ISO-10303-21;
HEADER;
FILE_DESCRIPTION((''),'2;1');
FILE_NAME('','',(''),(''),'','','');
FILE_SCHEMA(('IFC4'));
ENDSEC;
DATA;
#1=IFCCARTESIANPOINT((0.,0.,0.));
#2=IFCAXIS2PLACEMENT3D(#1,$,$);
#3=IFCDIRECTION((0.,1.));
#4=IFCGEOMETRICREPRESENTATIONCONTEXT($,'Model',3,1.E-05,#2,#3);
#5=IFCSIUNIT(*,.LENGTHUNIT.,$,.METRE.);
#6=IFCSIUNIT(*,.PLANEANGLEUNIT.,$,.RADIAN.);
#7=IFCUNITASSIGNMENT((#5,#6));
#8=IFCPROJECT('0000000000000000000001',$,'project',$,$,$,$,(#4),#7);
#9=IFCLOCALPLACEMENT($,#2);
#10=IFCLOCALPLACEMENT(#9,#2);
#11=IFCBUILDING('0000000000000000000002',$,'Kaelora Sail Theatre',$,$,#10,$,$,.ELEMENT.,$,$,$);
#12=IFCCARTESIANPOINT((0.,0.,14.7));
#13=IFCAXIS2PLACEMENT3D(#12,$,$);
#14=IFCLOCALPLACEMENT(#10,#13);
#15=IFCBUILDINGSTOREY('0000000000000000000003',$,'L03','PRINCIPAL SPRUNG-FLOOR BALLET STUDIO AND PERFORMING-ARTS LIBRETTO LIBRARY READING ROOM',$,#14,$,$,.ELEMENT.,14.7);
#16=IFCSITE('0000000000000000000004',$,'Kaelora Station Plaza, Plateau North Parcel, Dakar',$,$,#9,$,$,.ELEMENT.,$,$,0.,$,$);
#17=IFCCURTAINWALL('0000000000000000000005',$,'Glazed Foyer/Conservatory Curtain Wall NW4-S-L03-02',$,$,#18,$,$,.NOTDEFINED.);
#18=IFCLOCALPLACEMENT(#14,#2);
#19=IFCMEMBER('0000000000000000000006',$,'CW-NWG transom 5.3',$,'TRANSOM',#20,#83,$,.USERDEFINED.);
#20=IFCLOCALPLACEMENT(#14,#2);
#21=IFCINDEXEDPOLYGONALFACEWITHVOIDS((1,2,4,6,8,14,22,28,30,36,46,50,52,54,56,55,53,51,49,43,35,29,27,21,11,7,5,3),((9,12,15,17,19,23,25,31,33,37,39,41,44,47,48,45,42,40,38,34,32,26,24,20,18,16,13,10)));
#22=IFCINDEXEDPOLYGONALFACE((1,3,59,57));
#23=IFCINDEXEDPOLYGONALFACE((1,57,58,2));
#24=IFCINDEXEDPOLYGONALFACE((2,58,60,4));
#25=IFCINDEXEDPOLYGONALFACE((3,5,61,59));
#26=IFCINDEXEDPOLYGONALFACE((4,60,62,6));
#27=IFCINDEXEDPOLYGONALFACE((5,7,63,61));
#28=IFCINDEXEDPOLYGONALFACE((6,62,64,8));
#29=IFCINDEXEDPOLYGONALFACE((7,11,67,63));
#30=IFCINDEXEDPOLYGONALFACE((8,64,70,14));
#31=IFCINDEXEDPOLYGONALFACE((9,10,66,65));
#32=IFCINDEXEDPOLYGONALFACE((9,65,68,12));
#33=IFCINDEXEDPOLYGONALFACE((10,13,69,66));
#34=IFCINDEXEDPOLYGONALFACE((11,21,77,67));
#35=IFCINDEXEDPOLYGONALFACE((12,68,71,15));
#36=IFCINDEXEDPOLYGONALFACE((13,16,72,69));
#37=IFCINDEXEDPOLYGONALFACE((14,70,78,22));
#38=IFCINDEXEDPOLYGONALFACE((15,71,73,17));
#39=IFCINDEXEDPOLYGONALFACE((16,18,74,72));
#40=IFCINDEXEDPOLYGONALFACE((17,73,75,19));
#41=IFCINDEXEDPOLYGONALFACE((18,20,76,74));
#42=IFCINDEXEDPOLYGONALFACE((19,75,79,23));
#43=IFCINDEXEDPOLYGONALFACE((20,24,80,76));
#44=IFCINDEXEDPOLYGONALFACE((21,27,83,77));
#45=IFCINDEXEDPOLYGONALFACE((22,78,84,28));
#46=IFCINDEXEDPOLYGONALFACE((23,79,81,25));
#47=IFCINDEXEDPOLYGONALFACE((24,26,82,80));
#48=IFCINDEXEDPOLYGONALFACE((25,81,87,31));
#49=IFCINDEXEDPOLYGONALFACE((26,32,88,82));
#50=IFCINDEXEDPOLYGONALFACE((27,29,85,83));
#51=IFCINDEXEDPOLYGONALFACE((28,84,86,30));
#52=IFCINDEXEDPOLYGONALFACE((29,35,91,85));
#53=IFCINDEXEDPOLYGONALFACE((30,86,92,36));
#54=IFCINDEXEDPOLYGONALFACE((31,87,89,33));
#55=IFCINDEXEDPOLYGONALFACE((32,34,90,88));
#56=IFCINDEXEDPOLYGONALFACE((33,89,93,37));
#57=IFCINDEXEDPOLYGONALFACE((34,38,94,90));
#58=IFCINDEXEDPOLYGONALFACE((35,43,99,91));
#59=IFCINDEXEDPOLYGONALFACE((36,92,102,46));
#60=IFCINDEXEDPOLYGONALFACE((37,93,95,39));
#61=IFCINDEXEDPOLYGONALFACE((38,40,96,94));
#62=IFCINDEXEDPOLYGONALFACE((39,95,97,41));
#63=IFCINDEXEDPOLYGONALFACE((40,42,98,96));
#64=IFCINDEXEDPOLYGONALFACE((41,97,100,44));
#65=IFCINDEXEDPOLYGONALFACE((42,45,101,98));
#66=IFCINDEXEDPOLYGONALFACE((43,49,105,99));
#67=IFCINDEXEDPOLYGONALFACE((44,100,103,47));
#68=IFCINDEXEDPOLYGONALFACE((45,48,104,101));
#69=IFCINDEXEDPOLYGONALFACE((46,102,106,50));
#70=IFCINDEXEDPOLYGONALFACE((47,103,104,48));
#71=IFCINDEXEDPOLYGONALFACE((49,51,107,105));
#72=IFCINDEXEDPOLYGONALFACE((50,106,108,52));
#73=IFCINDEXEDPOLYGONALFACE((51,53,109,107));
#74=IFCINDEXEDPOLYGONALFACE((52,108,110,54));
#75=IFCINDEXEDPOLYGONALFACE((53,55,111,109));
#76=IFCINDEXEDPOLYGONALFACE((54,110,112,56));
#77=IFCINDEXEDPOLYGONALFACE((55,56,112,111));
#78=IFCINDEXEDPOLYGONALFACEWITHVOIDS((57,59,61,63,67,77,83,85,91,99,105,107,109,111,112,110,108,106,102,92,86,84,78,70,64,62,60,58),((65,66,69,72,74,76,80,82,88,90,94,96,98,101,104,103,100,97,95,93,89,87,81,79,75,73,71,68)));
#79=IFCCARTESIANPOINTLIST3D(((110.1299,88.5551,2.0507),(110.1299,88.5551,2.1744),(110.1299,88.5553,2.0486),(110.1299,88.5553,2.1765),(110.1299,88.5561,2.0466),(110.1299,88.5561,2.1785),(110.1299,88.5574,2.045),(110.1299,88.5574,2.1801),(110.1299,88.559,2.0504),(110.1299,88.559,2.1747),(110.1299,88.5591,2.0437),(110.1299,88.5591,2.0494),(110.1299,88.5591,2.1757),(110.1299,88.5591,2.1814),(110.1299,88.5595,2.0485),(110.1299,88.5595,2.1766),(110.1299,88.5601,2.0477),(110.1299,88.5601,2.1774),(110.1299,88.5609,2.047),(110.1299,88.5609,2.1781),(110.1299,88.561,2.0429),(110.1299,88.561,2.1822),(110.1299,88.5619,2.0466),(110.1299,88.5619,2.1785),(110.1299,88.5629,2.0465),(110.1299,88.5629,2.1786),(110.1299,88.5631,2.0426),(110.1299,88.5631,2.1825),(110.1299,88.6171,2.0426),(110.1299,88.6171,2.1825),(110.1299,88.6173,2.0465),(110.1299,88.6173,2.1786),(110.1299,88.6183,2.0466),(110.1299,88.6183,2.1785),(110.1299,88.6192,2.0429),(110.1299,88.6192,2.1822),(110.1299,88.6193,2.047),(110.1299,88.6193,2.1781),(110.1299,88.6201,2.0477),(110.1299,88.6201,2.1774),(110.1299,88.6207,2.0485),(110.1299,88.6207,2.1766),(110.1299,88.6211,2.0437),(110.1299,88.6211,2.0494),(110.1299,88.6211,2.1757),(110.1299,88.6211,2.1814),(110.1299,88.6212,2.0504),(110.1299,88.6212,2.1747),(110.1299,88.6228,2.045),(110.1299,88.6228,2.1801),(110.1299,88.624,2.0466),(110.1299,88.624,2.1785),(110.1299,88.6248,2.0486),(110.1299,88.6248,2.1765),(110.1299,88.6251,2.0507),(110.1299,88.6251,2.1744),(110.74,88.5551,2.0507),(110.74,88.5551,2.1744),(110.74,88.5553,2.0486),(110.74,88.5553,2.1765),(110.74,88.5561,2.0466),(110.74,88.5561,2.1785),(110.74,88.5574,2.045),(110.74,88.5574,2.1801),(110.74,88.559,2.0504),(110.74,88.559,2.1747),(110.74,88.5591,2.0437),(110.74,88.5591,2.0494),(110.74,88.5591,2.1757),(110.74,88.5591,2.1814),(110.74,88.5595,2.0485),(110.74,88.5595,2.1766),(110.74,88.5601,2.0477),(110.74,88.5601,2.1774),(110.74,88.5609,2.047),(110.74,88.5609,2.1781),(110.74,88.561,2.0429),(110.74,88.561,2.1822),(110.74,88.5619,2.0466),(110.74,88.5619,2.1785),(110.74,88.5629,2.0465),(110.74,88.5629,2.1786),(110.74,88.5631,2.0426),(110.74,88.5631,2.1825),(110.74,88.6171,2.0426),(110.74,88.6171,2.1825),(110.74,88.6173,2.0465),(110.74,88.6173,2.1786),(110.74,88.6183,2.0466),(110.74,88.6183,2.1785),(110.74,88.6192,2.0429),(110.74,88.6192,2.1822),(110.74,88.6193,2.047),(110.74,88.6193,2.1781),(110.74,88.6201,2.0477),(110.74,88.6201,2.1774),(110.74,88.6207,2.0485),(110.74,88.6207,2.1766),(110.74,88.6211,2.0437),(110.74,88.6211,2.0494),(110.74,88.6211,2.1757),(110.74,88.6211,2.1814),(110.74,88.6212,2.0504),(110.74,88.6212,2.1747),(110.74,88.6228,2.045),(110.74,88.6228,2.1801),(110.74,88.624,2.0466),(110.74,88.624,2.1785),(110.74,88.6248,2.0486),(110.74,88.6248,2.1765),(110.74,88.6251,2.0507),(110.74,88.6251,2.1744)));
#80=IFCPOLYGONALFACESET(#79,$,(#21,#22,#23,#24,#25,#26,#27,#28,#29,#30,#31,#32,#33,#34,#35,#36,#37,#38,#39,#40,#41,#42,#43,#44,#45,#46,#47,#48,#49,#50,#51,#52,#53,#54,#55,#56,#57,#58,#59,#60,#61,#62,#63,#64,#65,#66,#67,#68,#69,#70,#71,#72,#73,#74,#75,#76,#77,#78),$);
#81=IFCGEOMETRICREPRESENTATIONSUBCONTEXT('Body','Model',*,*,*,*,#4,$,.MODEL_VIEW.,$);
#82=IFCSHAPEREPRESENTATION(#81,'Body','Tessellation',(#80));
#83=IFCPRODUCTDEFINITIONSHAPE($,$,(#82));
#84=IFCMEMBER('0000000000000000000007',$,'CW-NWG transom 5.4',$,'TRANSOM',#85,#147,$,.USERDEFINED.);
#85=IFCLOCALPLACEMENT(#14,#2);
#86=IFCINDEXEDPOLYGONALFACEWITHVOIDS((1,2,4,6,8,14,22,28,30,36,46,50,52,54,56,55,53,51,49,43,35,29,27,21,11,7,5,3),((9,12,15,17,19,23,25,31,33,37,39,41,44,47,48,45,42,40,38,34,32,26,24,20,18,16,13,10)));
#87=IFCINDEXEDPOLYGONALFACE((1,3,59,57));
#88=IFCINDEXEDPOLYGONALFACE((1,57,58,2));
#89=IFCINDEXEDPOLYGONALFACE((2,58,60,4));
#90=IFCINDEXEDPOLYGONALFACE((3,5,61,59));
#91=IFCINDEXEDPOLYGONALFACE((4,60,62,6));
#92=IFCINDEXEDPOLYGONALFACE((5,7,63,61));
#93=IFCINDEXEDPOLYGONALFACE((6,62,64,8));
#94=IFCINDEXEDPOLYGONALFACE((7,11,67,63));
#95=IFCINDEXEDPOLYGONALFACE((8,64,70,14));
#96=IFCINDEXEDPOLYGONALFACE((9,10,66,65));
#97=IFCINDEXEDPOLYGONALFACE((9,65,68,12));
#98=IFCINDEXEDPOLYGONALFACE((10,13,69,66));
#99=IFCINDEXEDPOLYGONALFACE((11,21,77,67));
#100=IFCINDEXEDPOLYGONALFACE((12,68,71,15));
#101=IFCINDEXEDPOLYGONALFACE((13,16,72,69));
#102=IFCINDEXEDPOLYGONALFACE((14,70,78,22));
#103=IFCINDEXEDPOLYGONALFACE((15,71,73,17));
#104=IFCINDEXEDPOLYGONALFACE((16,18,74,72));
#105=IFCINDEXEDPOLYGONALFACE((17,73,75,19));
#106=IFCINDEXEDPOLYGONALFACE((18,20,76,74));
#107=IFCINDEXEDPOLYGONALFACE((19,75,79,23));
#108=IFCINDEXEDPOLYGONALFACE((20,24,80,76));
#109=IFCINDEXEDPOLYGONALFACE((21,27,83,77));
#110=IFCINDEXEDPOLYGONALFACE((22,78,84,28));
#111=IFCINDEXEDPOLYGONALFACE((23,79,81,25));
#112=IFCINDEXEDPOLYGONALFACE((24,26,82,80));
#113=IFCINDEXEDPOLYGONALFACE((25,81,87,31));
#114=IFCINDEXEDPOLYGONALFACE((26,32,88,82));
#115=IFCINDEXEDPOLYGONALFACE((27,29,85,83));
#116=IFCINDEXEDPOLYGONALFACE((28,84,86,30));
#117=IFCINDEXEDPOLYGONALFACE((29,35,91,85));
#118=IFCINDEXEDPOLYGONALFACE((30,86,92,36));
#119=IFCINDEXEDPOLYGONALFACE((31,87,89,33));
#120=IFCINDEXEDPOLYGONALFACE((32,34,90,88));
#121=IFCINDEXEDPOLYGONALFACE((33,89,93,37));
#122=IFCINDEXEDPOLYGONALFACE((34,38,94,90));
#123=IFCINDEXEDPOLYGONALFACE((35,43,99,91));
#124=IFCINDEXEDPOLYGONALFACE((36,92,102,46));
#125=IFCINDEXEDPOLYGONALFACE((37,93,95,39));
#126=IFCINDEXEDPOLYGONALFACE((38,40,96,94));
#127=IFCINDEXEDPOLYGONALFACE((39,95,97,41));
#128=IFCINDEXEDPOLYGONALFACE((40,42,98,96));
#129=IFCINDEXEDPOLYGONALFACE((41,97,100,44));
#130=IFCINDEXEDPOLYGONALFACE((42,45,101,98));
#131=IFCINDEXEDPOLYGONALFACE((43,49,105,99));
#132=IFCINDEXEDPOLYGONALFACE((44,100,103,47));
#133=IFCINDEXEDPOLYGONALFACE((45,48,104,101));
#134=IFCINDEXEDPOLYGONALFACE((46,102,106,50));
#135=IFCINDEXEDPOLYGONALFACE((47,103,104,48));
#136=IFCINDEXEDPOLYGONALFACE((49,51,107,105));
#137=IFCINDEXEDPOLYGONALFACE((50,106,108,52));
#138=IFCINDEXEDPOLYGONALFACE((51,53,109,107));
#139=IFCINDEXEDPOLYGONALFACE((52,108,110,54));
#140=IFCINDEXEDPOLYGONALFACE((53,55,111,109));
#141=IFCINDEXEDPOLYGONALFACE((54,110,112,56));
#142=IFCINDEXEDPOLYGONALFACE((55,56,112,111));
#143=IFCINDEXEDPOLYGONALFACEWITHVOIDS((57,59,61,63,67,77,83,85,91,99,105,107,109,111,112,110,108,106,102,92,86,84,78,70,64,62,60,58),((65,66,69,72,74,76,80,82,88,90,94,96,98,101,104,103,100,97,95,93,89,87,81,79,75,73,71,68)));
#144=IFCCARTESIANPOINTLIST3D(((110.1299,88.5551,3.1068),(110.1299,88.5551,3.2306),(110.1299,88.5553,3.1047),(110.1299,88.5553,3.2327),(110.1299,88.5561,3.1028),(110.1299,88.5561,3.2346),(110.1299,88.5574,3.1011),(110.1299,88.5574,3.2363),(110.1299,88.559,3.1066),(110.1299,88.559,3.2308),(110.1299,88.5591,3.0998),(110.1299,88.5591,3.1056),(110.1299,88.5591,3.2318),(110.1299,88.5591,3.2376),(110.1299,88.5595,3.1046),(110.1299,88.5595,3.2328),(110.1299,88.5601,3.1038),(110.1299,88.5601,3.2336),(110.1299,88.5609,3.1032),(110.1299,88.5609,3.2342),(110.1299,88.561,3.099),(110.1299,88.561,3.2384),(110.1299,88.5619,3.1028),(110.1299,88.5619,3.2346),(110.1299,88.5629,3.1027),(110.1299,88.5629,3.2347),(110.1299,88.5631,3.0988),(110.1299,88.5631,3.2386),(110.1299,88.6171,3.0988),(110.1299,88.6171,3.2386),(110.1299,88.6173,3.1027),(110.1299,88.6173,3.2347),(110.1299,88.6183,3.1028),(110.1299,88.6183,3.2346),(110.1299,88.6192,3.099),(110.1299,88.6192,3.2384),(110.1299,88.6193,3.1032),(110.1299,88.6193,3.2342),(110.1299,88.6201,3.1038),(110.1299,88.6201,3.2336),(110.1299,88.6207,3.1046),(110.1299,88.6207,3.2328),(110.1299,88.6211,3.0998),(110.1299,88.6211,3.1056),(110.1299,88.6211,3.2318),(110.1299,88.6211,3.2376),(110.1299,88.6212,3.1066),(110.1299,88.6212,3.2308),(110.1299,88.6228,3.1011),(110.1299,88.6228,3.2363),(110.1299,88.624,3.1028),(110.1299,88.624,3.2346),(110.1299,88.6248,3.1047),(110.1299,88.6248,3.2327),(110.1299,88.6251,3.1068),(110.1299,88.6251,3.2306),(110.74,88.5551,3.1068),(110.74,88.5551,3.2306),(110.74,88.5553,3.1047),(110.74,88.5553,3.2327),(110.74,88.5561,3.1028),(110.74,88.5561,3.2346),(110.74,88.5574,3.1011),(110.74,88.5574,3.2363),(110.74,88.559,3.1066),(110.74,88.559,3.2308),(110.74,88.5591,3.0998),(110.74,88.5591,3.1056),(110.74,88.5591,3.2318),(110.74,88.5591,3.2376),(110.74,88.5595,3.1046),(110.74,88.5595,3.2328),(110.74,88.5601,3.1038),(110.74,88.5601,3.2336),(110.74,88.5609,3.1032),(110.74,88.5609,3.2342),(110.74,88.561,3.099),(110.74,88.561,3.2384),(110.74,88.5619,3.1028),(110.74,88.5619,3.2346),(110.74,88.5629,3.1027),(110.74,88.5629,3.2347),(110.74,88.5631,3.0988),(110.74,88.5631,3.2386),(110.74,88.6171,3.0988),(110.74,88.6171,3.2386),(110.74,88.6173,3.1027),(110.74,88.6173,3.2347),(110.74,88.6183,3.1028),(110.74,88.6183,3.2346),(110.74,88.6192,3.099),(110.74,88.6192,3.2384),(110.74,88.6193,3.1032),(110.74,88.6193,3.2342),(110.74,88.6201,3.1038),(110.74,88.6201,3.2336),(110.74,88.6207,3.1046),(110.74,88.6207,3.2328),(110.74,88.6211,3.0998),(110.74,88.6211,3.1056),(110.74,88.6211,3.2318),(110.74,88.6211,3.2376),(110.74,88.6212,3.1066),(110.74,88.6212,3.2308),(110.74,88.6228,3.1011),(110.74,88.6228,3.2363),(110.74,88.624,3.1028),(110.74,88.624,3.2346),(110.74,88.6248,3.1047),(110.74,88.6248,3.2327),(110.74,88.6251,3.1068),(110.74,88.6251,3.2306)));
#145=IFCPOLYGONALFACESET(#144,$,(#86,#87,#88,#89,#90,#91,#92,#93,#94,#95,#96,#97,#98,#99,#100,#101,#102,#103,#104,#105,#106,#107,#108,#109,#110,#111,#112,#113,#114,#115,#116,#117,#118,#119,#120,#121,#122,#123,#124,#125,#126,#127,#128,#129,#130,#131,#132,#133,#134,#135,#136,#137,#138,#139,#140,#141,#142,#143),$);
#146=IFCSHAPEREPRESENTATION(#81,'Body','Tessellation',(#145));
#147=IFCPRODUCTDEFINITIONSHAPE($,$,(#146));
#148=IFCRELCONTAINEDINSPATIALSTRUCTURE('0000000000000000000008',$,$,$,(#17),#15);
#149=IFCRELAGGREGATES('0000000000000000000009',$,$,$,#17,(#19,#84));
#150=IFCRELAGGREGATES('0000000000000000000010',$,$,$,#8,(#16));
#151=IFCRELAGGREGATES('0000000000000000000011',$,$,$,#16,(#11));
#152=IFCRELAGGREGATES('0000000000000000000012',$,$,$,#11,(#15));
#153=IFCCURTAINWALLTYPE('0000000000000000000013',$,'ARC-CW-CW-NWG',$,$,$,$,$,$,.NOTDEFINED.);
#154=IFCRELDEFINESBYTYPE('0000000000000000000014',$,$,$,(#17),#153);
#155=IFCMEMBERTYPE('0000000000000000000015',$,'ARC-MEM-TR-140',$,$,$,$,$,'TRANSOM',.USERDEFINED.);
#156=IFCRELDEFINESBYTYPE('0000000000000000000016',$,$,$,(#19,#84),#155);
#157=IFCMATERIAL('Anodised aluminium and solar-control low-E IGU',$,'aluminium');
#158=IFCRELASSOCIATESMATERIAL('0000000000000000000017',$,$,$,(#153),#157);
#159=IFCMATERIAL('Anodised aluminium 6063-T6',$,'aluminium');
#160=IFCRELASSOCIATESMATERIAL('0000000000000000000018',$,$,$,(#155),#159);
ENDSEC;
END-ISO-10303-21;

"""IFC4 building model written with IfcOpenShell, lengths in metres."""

from ifc_helpers import new_model, si_unit, direction, frame, origin, origin_2d, place, context, subcontext, project, spatial, hollow_rectangle, extrude, material, material_profile, profile_set, type_object, element, aggregate, save


model = new_model("IFC4")

# Units and contexts
model_context = context("Model", 3, precision=1e-05, world=origin(), true_north=direction((0.0, 1.0)))
body_context = subcontext(model_context, "Body", "Model", "MODEL_VIEW")
ifc_project = project(units=[si_unit("LENGTHUNIT", "METRE"), si_unit("PLANEANGLEUNIT", "RADIAN")], contexts=[model_context])

# Site, building, storey
site_placement = place(None, origin())
site = spatial("IfcSite", under=ifc_project, at=site_placement, Name="Kaelora Station Plaza, Plateau North Parcel, Dakar", CompositionType="ELEMENT", RefElevation=0.0)
building_placement = place(site_placement, origin())
building = spatial("IfcBuilding", under=site, at=building_placement, Name="Kaelora Sail Theatre", CompositionType="ELEMENT")
storey_placement = place(building_placement, frame((0.0, 0.0, 14.7)))
storey = spatial("IfcBuildingStorey", under=building, at=storey_placement, Name="L03", Description="PRINCIPAL SPRUNG-FLOOR BALLET STUDIO AND PERFORMING-ARTS LIBRETTO LIBRARY READING ROOM", CompositionType="ELEMENT", Elevation=14.7)

# Curtain wall, members
ifc_material_1 = material(Name="Anodised aluminium and solar-control low-E IGU", Category="aluminium")
curtain_wall_type = type_object("IfcCurtainWallType", Name="ARC-CW-CW-NWG", PredefinedType="NOTDEFINED", material=ifc_material_1)
curtain_wall_1_placement = place(storey_placement, origin())
curtain_wall_1 = element("IfcCurtainWall", 1, at=curtain_wall_1_placement, inside=storey, type_object=curtain_wall_type, Name="Glazed Foyer/Conservatory Curtain Wall NW4-S-L03-02", PredefinedType="NOTDEFINED")
ifc_material_2 = material(Name="Anodised aluminium 6063-T6", Category="aluminium")
ifc_material_profile = material_profile(ifc_material_2, hollow_rectangle(XDim=0.0701, YDim=0.1399, WallThickness=0.0039, InnerFilletRadius=0.0039, OuterFilletRadius=0.0081, at=origin_2d()), Name="ALU-TRAN 70x140x4")
ifc_profile_set = profile_set([ifc_material_profile], Name="Anodised aluminium 6063-T6")
member_type = type_object("IfcMemberType", Name="ARC-MEM-TR-140", ElementType="TRANSOM", PredefinedType="USERDEFINED", material=ifc_profile_set)
member_1_placement = place(storey_placement, frame((110.1299, 88.5901, 2.1125), z_axis=(1.0, 0.0, 0.0), x_axis=(0.0, 1.0, 0.0)))
member_1 = element("IfcMember", 2, at=member_1_placement, type_object=member_type, Name="CW-NWG transom 5.3", ObjectType="TRANSOM", PredefinedType="USERDEFINED", context=body_context, shape_type="SweptSolid", body=[
    extrude(hollow_rectangle(XDim=0.0701, YDim=0.1399, WallThickness=0.0039, InnerFilletRadius=0.0039, OuterFilletRadius=0.0081, at=origin_2d()), origin(), (0.0, 0.0, 1.0), 0.6101),
])
member_2_placement = place(storey_placement, frame((110.1299, 88.5901, 3.1687), z_axis=(1.0, 0.0, 0.0), x_axis=(0.0, 1.0, 0.0)))
member_2 = element("IfcMember", 3, at=member_2_placement, type_object=member_type, Name="CW-NWG transom 5.4", ObjectType="TRANSOM", PredefinedType="USERDEFINED", context=body_context, shape_type="SweptSolid", body=[
    extrude(hollow_rectangle(XDim=0.0701, YDim=0.1399, WallThickness=0.0039, InnerFilletRadius=0.0039, OuterFilletRadius=0.0081, at=origin_2d()), origin(), (0.0, 0.0, 1.0), 0.6101),
])

aggregate(curtain_wall_1, [member_1, member_2])

save(model, "model.ifc")
